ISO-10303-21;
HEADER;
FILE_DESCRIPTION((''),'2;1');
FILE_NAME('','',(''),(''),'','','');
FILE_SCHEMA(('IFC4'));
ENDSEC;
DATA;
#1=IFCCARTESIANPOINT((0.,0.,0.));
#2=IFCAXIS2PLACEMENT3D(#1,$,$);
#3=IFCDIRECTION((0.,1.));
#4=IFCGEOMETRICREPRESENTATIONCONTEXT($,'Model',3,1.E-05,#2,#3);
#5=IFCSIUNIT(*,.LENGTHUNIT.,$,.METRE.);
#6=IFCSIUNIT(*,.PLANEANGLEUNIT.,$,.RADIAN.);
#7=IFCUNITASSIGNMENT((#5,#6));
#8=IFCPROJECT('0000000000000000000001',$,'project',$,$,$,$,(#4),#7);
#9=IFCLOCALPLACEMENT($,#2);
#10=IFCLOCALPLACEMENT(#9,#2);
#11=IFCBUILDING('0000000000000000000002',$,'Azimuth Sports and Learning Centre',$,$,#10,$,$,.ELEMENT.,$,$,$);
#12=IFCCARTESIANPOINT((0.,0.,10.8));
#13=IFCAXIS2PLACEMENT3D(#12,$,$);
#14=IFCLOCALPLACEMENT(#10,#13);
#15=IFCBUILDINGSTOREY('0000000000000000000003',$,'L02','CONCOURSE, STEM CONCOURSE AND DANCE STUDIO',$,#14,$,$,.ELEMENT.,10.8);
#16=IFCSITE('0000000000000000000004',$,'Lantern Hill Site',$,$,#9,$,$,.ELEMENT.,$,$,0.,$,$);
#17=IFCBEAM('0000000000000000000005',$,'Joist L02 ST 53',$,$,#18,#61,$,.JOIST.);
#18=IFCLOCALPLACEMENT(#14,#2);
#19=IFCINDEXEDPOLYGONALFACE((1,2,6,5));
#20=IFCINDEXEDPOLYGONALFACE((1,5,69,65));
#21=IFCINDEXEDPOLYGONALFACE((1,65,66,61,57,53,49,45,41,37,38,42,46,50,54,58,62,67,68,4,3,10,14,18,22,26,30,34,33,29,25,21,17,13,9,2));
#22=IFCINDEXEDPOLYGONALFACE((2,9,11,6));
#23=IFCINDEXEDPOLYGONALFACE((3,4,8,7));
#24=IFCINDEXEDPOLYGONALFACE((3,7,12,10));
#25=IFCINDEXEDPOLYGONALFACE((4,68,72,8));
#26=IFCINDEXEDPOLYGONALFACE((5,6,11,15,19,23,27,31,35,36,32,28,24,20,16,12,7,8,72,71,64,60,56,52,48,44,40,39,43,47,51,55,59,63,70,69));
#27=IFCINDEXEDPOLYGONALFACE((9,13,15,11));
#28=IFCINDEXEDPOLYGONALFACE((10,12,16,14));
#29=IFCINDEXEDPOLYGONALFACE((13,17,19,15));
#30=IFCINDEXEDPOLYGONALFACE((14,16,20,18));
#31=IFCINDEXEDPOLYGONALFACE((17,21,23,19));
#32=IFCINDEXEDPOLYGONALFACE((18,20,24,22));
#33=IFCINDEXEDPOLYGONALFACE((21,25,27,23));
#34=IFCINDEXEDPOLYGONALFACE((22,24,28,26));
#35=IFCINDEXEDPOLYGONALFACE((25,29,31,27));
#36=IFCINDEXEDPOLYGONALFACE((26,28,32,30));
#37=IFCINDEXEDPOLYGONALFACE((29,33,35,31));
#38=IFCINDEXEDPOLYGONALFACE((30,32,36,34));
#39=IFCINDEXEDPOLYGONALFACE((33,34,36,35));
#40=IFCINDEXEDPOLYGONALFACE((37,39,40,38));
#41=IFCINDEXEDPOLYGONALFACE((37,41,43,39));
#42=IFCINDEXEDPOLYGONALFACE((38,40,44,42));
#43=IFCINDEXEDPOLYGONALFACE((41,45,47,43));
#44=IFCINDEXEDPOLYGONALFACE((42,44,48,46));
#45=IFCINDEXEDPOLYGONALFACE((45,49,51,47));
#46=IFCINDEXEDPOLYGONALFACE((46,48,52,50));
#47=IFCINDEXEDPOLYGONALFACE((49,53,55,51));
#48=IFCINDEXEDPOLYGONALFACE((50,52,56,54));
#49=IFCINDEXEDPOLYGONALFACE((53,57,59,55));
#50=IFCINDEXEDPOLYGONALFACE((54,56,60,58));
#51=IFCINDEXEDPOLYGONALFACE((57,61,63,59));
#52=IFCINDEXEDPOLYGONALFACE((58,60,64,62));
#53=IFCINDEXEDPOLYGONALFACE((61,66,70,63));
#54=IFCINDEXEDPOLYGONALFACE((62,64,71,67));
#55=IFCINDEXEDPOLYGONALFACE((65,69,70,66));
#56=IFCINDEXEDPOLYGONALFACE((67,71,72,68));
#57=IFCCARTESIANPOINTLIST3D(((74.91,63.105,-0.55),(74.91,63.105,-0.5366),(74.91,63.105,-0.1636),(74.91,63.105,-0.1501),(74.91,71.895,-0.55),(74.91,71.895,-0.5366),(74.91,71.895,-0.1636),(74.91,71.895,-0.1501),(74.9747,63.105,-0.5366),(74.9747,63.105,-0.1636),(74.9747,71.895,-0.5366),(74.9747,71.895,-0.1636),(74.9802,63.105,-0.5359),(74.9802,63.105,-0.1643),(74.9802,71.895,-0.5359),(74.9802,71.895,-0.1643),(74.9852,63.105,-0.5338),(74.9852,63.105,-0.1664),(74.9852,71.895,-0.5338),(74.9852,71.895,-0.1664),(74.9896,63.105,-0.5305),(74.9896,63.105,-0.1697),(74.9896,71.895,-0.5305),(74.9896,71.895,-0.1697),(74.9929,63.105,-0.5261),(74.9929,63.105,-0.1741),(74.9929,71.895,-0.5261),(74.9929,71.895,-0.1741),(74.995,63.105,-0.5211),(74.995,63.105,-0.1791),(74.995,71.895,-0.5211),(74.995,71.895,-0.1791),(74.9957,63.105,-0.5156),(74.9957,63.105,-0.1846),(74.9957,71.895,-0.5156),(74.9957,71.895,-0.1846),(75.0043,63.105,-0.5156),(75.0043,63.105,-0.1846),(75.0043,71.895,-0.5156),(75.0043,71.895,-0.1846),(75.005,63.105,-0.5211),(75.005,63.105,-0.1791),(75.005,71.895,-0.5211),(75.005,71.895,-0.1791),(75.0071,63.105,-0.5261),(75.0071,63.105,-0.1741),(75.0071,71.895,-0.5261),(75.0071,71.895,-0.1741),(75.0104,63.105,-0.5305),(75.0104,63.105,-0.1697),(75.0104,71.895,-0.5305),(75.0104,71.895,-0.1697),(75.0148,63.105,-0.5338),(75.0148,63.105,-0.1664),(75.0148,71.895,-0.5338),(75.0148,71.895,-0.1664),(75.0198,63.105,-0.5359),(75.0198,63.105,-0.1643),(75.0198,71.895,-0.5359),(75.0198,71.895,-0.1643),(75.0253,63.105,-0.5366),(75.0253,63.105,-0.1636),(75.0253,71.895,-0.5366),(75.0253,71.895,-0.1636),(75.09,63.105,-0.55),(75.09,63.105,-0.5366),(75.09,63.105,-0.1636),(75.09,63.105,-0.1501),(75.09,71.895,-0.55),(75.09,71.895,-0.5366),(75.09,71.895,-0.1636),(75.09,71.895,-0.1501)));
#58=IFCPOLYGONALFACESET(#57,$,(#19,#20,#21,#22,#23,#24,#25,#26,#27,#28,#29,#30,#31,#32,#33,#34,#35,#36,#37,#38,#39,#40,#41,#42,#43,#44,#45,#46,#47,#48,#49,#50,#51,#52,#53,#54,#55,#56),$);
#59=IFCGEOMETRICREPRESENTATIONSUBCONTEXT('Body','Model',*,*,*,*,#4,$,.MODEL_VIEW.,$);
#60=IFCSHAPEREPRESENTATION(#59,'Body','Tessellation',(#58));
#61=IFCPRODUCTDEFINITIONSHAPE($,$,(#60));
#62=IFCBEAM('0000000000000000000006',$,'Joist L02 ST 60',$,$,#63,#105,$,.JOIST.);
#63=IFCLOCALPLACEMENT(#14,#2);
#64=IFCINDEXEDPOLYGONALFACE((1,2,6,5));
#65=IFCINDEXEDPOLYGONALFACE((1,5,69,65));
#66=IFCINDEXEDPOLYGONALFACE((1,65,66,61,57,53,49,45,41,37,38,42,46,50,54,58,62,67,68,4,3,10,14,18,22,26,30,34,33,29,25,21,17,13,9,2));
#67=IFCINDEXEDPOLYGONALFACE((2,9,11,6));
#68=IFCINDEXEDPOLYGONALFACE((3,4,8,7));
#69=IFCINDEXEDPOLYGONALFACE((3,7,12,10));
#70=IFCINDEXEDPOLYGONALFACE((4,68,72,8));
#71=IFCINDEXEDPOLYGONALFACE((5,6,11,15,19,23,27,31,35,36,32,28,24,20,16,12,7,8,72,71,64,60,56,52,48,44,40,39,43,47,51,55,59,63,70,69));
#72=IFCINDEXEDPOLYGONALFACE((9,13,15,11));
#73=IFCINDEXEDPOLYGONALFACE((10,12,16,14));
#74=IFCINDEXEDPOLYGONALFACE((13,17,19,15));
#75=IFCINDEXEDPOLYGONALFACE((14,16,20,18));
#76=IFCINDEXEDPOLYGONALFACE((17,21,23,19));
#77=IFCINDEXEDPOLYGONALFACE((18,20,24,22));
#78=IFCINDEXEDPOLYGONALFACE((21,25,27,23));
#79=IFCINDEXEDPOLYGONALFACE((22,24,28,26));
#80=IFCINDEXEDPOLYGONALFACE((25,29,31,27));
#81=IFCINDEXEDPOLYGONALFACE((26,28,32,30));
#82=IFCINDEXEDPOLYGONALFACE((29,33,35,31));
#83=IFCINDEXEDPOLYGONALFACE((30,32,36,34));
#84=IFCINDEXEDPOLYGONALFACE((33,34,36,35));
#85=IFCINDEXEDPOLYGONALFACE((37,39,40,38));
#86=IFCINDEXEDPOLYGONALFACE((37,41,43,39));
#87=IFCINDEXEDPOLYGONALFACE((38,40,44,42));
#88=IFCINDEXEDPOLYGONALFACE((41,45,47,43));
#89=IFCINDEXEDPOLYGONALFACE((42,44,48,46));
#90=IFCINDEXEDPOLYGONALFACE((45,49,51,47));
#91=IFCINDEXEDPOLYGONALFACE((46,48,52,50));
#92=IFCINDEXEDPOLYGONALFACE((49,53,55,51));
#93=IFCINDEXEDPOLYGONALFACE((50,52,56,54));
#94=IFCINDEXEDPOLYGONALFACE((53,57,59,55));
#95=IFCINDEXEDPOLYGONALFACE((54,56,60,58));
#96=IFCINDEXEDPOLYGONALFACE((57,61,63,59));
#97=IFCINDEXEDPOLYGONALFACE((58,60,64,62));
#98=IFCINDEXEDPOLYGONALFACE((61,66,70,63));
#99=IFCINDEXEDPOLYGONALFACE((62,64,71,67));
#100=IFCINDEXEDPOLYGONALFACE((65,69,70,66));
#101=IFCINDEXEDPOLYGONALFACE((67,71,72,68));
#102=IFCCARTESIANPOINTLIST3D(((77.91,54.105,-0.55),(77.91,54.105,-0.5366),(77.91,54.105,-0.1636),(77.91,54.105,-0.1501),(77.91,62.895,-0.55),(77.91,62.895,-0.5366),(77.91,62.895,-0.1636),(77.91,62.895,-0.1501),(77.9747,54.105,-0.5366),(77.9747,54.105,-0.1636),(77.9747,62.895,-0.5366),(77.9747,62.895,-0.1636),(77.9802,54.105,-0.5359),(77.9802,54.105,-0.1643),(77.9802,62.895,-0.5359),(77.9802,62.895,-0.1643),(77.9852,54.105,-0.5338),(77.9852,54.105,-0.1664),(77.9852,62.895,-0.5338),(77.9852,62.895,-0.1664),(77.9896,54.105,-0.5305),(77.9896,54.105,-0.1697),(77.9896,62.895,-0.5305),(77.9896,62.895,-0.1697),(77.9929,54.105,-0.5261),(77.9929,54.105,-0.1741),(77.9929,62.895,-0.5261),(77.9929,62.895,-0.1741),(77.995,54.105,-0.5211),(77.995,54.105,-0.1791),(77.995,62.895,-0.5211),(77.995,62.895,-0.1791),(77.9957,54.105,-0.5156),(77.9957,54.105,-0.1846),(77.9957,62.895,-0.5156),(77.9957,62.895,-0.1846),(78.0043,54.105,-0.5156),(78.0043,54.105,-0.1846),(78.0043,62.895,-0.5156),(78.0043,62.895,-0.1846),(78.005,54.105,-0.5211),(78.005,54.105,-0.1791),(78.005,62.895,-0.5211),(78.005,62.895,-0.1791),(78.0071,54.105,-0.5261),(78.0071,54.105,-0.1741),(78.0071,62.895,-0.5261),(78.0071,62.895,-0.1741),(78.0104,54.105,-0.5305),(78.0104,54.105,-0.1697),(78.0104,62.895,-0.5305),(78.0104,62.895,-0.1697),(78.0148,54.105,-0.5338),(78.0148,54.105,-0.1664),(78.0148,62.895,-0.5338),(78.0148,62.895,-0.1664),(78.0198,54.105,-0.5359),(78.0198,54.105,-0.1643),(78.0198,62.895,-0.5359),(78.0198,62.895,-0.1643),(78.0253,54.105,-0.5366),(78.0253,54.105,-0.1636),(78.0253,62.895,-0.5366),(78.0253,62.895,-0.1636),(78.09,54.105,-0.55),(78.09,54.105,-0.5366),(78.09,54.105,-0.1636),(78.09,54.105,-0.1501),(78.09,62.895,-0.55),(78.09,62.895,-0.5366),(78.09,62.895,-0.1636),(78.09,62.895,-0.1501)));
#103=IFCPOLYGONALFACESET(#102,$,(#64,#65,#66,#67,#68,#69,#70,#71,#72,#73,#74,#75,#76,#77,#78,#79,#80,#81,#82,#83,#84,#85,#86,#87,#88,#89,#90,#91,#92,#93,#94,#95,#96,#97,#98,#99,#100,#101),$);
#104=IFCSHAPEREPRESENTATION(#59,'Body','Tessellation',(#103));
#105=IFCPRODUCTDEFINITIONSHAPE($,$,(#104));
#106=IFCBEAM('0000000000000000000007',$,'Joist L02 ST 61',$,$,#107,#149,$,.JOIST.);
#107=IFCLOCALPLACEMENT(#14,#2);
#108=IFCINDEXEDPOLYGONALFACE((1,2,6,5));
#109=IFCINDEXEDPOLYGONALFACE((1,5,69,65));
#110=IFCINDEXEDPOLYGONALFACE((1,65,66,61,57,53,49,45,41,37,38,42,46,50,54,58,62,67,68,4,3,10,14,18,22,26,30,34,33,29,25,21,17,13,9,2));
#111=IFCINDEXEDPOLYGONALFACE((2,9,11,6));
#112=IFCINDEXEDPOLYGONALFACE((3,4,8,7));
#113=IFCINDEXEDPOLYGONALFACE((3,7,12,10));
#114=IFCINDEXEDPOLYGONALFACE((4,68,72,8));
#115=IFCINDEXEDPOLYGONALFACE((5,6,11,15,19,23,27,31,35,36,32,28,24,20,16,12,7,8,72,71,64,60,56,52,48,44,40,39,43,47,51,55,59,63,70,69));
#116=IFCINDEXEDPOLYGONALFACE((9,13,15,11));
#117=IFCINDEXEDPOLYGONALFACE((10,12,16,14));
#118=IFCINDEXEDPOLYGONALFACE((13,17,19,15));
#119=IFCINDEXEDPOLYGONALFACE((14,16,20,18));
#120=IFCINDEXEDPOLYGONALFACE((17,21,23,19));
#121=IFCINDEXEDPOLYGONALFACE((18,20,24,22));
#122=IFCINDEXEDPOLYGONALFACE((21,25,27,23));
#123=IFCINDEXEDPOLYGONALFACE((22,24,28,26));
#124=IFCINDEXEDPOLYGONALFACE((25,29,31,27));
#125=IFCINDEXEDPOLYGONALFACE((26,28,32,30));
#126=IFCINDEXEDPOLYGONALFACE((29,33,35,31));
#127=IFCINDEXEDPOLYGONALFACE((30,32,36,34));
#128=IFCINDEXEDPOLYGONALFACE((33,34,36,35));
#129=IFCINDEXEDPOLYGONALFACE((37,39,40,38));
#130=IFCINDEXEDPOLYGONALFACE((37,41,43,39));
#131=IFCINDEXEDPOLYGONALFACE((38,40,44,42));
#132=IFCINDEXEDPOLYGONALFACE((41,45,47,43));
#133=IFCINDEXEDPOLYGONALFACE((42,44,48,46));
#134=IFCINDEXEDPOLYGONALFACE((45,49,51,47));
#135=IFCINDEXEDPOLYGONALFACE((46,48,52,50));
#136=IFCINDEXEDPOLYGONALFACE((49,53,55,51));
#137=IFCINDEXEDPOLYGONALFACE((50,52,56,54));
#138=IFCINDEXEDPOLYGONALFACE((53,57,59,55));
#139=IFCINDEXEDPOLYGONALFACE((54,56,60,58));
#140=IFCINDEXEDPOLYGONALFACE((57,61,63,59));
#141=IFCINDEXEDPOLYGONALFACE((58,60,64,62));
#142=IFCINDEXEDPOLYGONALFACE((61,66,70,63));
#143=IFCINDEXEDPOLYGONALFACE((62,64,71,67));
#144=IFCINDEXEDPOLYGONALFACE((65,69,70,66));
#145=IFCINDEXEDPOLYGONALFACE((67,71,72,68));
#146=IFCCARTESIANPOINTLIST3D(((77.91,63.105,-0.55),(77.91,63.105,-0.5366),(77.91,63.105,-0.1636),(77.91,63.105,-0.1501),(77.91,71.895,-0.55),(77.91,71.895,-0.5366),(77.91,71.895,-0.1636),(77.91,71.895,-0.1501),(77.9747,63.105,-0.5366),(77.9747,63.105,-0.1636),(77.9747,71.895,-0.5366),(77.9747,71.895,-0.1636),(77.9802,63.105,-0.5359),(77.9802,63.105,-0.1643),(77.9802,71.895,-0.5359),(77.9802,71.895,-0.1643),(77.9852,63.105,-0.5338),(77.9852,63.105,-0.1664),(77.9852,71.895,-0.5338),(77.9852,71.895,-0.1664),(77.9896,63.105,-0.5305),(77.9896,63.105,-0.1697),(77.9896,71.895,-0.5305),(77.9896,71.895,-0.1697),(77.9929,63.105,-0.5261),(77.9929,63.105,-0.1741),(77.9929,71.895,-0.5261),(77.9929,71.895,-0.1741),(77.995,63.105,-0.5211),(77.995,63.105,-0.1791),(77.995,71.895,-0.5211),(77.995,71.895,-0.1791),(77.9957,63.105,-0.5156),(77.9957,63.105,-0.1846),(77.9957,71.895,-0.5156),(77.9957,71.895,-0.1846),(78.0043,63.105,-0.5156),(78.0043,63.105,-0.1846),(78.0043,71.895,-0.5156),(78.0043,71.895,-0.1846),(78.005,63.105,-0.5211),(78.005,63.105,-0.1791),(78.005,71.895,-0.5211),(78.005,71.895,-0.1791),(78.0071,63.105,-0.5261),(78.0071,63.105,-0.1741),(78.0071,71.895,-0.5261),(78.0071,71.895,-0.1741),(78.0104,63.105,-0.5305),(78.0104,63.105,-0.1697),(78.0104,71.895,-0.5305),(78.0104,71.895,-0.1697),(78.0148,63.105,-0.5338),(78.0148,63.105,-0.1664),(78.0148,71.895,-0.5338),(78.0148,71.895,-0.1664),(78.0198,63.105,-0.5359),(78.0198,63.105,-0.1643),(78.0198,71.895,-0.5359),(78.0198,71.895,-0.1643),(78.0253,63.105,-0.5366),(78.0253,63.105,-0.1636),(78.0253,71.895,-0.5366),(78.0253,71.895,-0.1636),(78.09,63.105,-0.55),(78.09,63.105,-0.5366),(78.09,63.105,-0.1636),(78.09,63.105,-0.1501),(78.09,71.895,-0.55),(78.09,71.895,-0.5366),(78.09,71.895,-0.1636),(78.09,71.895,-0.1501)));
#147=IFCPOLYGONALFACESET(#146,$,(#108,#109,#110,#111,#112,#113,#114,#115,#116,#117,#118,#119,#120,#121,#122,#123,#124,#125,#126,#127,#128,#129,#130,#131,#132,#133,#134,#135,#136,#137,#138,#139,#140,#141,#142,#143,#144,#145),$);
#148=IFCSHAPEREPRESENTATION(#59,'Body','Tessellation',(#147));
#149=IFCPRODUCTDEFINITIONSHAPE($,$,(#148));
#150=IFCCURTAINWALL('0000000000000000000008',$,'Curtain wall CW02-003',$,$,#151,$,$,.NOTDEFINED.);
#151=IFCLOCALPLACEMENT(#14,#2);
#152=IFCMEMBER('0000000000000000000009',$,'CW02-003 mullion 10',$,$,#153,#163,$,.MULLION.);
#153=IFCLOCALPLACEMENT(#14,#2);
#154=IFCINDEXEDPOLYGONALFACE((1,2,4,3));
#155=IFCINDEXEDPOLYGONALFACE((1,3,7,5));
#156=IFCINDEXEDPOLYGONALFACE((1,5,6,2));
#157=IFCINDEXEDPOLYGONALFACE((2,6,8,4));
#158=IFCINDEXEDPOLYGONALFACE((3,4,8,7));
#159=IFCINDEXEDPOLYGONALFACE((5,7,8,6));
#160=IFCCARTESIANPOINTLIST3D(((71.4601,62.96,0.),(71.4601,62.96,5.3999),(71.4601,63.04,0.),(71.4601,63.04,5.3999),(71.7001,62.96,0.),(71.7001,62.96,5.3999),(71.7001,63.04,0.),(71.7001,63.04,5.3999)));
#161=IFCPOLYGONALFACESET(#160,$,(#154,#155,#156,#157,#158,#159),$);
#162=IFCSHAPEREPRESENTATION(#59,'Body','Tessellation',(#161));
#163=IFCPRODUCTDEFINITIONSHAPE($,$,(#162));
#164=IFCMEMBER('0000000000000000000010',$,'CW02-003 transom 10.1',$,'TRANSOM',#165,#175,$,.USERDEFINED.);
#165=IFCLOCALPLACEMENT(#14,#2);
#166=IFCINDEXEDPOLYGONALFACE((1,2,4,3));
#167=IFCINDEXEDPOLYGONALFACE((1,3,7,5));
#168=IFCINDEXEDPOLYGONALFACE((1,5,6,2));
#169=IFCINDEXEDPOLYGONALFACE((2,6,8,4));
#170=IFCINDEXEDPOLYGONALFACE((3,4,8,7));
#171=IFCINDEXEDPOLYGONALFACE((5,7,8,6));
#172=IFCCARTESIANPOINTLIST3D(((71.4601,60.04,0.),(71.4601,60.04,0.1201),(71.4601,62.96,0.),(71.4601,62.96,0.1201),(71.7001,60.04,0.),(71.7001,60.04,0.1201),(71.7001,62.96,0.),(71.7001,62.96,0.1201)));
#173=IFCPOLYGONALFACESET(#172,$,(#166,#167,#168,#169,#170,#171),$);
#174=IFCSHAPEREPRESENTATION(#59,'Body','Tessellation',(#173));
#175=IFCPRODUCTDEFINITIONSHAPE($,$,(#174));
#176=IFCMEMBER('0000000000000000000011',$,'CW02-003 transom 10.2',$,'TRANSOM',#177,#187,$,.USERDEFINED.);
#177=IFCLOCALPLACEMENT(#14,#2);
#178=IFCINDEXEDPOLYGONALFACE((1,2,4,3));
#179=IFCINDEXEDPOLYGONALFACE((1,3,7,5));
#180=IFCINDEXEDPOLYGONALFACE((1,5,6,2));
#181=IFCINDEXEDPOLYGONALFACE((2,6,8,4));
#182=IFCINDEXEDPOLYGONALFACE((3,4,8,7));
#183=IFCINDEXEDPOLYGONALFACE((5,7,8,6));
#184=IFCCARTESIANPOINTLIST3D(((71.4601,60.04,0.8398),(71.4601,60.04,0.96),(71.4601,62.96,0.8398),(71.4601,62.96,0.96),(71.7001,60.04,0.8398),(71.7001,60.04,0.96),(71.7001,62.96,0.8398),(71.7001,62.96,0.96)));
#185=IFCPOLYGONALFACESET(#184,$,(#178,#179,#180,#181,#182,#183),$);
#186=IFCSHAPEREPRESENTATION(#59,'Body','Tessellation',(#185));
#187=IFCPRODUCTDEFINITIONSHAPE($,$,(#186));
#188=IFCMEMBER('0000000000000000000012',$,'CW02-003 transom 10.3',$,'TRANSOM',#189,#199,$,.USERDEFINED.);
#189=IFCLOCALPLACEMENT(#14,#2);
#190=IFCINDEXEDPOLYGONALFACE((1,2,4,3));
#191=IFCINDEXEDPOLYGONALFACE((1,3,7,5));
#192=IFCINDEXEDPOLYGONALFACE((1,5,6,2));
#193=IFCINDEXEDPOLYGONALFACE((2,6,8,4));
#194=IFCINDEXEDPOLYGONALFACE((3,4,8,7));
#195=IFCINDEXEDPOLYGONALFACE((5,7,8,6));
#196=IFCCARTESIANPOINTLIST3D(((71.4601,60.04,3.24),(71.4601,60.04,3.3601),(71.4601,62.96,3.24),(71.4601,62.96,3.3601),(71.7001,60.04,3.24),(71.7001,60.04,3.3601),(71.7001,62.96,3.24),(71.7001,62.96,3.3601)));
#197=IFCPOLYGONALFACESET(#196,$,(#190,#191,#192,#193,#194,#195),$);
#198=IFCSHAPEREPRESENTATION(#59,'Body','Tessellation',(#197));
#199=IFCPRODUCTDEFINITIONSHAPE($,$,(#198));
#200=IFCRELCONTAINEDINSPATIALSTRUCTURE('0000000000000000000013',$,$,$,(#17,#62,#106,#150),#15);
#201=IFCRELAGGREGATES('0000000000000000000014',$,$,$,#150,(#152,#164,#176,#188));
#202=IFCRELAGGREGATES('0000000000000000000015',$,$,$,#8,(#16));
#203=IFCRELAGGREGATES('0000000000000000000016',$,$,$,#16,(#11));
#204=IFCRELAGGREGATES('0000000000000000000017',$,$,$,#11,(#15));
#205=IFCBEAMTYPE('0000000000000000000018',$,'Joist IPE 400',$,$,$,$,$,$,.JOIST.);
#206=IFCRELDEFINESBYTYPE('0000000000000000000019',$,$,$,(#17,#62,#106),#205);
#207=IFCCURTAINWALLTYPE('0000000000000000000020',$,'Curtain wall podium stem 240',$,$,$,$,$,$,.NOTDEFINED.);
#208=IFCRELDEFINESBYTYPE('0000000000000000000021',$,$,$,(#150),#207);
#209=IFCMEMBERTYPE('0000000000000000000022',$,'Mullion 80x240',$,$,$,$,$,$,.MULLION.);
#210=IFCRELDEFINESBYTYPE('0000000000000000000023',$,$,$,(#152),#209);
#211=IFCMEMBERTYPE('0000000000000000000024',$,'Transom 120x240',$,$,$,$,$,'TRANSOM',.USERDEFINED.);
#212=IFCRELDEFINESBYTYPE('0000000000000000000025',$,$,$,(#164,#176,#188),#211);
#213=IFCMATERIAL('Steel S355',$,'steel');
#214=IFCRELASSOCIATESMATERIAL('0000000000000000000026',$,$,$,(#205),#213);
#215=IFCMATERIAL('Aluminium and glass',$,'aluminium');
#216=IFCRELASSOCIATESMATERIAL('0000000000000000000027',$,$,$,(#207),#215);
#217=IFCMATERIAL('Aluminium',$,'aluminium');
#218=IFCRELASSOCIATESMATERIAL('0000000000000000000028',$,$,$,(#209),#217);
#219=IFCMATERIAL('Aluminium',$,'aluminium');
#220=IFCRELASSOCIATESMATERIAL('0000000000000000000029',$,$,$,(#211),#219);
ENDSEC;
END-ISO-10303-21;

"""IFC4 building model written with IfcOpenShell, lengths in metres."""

from ifc_helpers import new_model, si_unit, direction, frame, origin, origin_2d, place, context, subcontext, project, spatial, rectangle, i_section, extrude, material, material_profile, profile_set, type_object, element, aggregate, save


model = new_model("IFC4")

# Units and contexts
model_context = context("Model", 3, precision=1e-05, world=origin(), true_north=direction((0.0, 1.0)))
body_context = subcontext(model_context, "Body", "Model", "MODEL_VIEW")
ifc_project = project(units=[si_unit("LENGTHUNIT", "METRE"), si_unit("PLANEANGLEUNIT", "RADIAN")], contexts=[model_context])

# Site, building, storey
site_placement = place(None, origin())
site = spatial("IfcSite", under=ifc_project, at=site_placement, Name="Lantern Hill Site", CompositionType="ELEMENT", RefElevation=0.0)
building_placement = place(site_placement, origin())
building = spatial("IfcBuilding", under=site, at=building_placement, Name="Azimuth Sports and Learning Centre", CompositionType="ELEMENT")
storey_placement = place(building_placement, frame((0.0, 0.0, 10.8)))
storey = spatial("IfcBuildingStorey", under=building, at=storey_placement, Name="L02", Description="CONCOURSE, STEM CONCOURSE AND DANCE STUDIO", CompositionType="ELEMENT", Elevation=10.8)

# Beams
ifc_material_1 = material(Name="Steel S355", Category="steel")
ifc_material_profile_1 = material_profile(ifc_material_1, i_section(OverallWidth=0.1799, OverallDepth=0.3999, WebThickness=0.0085, FlangeThickness=0.0134, FilletRadius=0.021, at=origin_2d()), Name="IPE 400")
ifc_profile_set_1 = profile_set([ifc_material_profile_1], Name="Steel S355")
beam_type_1 = type_object("IfcBeamType", Name="Joist IPE 400", PredefinedType="JOIST", material=ifc_profile_set_1)
for number, where, z_axis, x_axis, name in (
    (1, (75.0, 63.105, -0.3501), (0.0, 1.0, 0.0), (-1.0, 0.0, 0.0), "Joist L02 ST 53"),
    (2, (78.0, 54.105, -0.3501), (0.0, 1.0, 0.0), (-1.0, 0.0, 0.0), "Joist L02 ST 60"),
    (3, (78.0, 63.105, -0.3501), (0.0, 1.0, 0.0), (-1.0, 0.0, 0.0), "Joist L02 ST 61"),
):
    element("IfcBeam", number, at=place(storey_placement, frame(where, z_axis=z_axis, x_axis=x_axis)), inside=storey, type_object=beam_type_1, Name=name, PredefinedType="JOIST", context=body_context, shape_type="SweptSolid", body=[
        extrude(i_section(OverallWidth=0.1799, OverallDepth=0.3999, WebThickness=0.0085, FlangeThickness=0.0134, FilletRadius=0.021, at=origin_2d()), origin(), (0.0, 0.0, 1.0), 8.79),
    ])

# Curtain wall, members
ifc_material_2 = material(Name="Aluminium and glass", Category="aluminium")
curtain_wall_type = type_object("IfcCurtainWallType", Name="Curtain wall podium stem 240", PredefinedType="NOTDEFINED", material=ifc_material_2)
curtain_wall_placement = place(storey_placement, origin())
curtain_wall = element("IfcCurtainWall", 4, at=curtain_wall_placement, inside=storey, type_object=curtain_wall_type, Name="Curtain wall CW02-003", PredefinedType="NOTDEFINED")
ifc_material_3 = material(Name="Aluminium", Category="aluminium")
ifc_material_profile_2 = material_profile(ifc_material_3, rectangle(XDim=0.24, YDim=0.0801, at=origin_2d()), Name="Mullion 80x240")
ifc_profile_set_2 = profile_set([ifc_material_profile_2], Name="Aluminium")
member_type_1 = type_object("IfcMemberType", Name="Mullion 80x240", PredefinedType="MULLION", material=ifc_profile_set_2)
member_1_placement = place(storey_placement, frame((71.5801, 63.0, 0.0), z_axis=(0.0, 0.0, 1.0), x_axis=(1.0, 0.0, 0.0)))
member_1 = element("IfcMember", 5, at=member_1_placement, type_object=member_type_1, Name="CW02-003 mullion 10", PredefinedType="MULLION", context=body_context, shape_type="SweptSolid", body=[
    extrude(rectangle(XDim=0.24, YDim=0.0801, at=origin_2d()), origin(), (0.0, 0.0, 1.0), 5.3999),
])
ifc_material_4 = material(Name="Aluminium", Category="aluminium")
ifc_material_profile_3 = material_profile(ifc_material_4, rectangle(XDim=0.24, YDim=0.1201, at=origin_2d()), Name="Transom 120x240")
ifc_profile_set_3 = profile_set([ifc_material_profile_3], Name="Aluminium")
member_type_2 = type_object("IfcMemberType", Name="Transom 120x240", ElementType="TRANSOM", PredefinedType="USERDEFINED", material=ifc_profile_set_3)
member_2_placement = place(storey_placement, frame((71.5801, 62.96, 0.0601), z_axis=(0.0, -1.0, 0.0), x_axis=(1.0, 0.0, 0.0)))
member_2 = element("IfcMember", 6, at=member_2_placement, type_object=member_type_2, Name="CW02-003 transom 10.1", ObjectType="TRANSOM", PredefinedType="USERDEFINED", context=body_context, shape_type="SweptSolid", body=[
    extrude(rectangle(XDim=0.24, YDim=0.1201, at=origin_2d()), origin(), (0.0, 0.0, 1.0), 2.9199),
])
member_3_placement = place(storey_placement, frame((71.5801, 62.96, 0.8999), z_axis=(0.0, -1.0, 0.0), x_axis=(1.0, 0.0, 0.0)))
member_3 = element("IfcMember", 7, at=member_3_placement, type_object=member_type_2, Name="CW02-003 transom 10.2", ObjectType="TRANSOM", PredefinedType="USERDEFINED", context=body_context, shape_type="SweptSolid", body=[
    extrude(rectangle(XDim=0.24, YDim=0.1201, at=origin_2d()), origin(), (0.0, 0.0, 1.0), 2.9199),
])
member_4_placement = place(storey_placement, frame((71.5801, 62.96, 3.3), z_axis=(0.0, -1.0, 0.0), x_axis=(1.0, 0.0, 0.0)))
member_4 = element("IfcMember", 8, at=member_4_placement, type_object=member_type_2, Name="CW02-003 transom 10.3", ObjectType="TRANSOM", PredefinedType="USERDEFINED", context=body_context, shape_type="SweptSolid", body=[
    extrude(rectangle(XDim=0.24, YDim=0.1201, at=origin_2d()), origin(), (0.0, 0.0, 1.0), 2.9199),
])
aggregate(curtain_wall, [member_1, member_2, member_3, member_4])

save(model, "model.ifc")
